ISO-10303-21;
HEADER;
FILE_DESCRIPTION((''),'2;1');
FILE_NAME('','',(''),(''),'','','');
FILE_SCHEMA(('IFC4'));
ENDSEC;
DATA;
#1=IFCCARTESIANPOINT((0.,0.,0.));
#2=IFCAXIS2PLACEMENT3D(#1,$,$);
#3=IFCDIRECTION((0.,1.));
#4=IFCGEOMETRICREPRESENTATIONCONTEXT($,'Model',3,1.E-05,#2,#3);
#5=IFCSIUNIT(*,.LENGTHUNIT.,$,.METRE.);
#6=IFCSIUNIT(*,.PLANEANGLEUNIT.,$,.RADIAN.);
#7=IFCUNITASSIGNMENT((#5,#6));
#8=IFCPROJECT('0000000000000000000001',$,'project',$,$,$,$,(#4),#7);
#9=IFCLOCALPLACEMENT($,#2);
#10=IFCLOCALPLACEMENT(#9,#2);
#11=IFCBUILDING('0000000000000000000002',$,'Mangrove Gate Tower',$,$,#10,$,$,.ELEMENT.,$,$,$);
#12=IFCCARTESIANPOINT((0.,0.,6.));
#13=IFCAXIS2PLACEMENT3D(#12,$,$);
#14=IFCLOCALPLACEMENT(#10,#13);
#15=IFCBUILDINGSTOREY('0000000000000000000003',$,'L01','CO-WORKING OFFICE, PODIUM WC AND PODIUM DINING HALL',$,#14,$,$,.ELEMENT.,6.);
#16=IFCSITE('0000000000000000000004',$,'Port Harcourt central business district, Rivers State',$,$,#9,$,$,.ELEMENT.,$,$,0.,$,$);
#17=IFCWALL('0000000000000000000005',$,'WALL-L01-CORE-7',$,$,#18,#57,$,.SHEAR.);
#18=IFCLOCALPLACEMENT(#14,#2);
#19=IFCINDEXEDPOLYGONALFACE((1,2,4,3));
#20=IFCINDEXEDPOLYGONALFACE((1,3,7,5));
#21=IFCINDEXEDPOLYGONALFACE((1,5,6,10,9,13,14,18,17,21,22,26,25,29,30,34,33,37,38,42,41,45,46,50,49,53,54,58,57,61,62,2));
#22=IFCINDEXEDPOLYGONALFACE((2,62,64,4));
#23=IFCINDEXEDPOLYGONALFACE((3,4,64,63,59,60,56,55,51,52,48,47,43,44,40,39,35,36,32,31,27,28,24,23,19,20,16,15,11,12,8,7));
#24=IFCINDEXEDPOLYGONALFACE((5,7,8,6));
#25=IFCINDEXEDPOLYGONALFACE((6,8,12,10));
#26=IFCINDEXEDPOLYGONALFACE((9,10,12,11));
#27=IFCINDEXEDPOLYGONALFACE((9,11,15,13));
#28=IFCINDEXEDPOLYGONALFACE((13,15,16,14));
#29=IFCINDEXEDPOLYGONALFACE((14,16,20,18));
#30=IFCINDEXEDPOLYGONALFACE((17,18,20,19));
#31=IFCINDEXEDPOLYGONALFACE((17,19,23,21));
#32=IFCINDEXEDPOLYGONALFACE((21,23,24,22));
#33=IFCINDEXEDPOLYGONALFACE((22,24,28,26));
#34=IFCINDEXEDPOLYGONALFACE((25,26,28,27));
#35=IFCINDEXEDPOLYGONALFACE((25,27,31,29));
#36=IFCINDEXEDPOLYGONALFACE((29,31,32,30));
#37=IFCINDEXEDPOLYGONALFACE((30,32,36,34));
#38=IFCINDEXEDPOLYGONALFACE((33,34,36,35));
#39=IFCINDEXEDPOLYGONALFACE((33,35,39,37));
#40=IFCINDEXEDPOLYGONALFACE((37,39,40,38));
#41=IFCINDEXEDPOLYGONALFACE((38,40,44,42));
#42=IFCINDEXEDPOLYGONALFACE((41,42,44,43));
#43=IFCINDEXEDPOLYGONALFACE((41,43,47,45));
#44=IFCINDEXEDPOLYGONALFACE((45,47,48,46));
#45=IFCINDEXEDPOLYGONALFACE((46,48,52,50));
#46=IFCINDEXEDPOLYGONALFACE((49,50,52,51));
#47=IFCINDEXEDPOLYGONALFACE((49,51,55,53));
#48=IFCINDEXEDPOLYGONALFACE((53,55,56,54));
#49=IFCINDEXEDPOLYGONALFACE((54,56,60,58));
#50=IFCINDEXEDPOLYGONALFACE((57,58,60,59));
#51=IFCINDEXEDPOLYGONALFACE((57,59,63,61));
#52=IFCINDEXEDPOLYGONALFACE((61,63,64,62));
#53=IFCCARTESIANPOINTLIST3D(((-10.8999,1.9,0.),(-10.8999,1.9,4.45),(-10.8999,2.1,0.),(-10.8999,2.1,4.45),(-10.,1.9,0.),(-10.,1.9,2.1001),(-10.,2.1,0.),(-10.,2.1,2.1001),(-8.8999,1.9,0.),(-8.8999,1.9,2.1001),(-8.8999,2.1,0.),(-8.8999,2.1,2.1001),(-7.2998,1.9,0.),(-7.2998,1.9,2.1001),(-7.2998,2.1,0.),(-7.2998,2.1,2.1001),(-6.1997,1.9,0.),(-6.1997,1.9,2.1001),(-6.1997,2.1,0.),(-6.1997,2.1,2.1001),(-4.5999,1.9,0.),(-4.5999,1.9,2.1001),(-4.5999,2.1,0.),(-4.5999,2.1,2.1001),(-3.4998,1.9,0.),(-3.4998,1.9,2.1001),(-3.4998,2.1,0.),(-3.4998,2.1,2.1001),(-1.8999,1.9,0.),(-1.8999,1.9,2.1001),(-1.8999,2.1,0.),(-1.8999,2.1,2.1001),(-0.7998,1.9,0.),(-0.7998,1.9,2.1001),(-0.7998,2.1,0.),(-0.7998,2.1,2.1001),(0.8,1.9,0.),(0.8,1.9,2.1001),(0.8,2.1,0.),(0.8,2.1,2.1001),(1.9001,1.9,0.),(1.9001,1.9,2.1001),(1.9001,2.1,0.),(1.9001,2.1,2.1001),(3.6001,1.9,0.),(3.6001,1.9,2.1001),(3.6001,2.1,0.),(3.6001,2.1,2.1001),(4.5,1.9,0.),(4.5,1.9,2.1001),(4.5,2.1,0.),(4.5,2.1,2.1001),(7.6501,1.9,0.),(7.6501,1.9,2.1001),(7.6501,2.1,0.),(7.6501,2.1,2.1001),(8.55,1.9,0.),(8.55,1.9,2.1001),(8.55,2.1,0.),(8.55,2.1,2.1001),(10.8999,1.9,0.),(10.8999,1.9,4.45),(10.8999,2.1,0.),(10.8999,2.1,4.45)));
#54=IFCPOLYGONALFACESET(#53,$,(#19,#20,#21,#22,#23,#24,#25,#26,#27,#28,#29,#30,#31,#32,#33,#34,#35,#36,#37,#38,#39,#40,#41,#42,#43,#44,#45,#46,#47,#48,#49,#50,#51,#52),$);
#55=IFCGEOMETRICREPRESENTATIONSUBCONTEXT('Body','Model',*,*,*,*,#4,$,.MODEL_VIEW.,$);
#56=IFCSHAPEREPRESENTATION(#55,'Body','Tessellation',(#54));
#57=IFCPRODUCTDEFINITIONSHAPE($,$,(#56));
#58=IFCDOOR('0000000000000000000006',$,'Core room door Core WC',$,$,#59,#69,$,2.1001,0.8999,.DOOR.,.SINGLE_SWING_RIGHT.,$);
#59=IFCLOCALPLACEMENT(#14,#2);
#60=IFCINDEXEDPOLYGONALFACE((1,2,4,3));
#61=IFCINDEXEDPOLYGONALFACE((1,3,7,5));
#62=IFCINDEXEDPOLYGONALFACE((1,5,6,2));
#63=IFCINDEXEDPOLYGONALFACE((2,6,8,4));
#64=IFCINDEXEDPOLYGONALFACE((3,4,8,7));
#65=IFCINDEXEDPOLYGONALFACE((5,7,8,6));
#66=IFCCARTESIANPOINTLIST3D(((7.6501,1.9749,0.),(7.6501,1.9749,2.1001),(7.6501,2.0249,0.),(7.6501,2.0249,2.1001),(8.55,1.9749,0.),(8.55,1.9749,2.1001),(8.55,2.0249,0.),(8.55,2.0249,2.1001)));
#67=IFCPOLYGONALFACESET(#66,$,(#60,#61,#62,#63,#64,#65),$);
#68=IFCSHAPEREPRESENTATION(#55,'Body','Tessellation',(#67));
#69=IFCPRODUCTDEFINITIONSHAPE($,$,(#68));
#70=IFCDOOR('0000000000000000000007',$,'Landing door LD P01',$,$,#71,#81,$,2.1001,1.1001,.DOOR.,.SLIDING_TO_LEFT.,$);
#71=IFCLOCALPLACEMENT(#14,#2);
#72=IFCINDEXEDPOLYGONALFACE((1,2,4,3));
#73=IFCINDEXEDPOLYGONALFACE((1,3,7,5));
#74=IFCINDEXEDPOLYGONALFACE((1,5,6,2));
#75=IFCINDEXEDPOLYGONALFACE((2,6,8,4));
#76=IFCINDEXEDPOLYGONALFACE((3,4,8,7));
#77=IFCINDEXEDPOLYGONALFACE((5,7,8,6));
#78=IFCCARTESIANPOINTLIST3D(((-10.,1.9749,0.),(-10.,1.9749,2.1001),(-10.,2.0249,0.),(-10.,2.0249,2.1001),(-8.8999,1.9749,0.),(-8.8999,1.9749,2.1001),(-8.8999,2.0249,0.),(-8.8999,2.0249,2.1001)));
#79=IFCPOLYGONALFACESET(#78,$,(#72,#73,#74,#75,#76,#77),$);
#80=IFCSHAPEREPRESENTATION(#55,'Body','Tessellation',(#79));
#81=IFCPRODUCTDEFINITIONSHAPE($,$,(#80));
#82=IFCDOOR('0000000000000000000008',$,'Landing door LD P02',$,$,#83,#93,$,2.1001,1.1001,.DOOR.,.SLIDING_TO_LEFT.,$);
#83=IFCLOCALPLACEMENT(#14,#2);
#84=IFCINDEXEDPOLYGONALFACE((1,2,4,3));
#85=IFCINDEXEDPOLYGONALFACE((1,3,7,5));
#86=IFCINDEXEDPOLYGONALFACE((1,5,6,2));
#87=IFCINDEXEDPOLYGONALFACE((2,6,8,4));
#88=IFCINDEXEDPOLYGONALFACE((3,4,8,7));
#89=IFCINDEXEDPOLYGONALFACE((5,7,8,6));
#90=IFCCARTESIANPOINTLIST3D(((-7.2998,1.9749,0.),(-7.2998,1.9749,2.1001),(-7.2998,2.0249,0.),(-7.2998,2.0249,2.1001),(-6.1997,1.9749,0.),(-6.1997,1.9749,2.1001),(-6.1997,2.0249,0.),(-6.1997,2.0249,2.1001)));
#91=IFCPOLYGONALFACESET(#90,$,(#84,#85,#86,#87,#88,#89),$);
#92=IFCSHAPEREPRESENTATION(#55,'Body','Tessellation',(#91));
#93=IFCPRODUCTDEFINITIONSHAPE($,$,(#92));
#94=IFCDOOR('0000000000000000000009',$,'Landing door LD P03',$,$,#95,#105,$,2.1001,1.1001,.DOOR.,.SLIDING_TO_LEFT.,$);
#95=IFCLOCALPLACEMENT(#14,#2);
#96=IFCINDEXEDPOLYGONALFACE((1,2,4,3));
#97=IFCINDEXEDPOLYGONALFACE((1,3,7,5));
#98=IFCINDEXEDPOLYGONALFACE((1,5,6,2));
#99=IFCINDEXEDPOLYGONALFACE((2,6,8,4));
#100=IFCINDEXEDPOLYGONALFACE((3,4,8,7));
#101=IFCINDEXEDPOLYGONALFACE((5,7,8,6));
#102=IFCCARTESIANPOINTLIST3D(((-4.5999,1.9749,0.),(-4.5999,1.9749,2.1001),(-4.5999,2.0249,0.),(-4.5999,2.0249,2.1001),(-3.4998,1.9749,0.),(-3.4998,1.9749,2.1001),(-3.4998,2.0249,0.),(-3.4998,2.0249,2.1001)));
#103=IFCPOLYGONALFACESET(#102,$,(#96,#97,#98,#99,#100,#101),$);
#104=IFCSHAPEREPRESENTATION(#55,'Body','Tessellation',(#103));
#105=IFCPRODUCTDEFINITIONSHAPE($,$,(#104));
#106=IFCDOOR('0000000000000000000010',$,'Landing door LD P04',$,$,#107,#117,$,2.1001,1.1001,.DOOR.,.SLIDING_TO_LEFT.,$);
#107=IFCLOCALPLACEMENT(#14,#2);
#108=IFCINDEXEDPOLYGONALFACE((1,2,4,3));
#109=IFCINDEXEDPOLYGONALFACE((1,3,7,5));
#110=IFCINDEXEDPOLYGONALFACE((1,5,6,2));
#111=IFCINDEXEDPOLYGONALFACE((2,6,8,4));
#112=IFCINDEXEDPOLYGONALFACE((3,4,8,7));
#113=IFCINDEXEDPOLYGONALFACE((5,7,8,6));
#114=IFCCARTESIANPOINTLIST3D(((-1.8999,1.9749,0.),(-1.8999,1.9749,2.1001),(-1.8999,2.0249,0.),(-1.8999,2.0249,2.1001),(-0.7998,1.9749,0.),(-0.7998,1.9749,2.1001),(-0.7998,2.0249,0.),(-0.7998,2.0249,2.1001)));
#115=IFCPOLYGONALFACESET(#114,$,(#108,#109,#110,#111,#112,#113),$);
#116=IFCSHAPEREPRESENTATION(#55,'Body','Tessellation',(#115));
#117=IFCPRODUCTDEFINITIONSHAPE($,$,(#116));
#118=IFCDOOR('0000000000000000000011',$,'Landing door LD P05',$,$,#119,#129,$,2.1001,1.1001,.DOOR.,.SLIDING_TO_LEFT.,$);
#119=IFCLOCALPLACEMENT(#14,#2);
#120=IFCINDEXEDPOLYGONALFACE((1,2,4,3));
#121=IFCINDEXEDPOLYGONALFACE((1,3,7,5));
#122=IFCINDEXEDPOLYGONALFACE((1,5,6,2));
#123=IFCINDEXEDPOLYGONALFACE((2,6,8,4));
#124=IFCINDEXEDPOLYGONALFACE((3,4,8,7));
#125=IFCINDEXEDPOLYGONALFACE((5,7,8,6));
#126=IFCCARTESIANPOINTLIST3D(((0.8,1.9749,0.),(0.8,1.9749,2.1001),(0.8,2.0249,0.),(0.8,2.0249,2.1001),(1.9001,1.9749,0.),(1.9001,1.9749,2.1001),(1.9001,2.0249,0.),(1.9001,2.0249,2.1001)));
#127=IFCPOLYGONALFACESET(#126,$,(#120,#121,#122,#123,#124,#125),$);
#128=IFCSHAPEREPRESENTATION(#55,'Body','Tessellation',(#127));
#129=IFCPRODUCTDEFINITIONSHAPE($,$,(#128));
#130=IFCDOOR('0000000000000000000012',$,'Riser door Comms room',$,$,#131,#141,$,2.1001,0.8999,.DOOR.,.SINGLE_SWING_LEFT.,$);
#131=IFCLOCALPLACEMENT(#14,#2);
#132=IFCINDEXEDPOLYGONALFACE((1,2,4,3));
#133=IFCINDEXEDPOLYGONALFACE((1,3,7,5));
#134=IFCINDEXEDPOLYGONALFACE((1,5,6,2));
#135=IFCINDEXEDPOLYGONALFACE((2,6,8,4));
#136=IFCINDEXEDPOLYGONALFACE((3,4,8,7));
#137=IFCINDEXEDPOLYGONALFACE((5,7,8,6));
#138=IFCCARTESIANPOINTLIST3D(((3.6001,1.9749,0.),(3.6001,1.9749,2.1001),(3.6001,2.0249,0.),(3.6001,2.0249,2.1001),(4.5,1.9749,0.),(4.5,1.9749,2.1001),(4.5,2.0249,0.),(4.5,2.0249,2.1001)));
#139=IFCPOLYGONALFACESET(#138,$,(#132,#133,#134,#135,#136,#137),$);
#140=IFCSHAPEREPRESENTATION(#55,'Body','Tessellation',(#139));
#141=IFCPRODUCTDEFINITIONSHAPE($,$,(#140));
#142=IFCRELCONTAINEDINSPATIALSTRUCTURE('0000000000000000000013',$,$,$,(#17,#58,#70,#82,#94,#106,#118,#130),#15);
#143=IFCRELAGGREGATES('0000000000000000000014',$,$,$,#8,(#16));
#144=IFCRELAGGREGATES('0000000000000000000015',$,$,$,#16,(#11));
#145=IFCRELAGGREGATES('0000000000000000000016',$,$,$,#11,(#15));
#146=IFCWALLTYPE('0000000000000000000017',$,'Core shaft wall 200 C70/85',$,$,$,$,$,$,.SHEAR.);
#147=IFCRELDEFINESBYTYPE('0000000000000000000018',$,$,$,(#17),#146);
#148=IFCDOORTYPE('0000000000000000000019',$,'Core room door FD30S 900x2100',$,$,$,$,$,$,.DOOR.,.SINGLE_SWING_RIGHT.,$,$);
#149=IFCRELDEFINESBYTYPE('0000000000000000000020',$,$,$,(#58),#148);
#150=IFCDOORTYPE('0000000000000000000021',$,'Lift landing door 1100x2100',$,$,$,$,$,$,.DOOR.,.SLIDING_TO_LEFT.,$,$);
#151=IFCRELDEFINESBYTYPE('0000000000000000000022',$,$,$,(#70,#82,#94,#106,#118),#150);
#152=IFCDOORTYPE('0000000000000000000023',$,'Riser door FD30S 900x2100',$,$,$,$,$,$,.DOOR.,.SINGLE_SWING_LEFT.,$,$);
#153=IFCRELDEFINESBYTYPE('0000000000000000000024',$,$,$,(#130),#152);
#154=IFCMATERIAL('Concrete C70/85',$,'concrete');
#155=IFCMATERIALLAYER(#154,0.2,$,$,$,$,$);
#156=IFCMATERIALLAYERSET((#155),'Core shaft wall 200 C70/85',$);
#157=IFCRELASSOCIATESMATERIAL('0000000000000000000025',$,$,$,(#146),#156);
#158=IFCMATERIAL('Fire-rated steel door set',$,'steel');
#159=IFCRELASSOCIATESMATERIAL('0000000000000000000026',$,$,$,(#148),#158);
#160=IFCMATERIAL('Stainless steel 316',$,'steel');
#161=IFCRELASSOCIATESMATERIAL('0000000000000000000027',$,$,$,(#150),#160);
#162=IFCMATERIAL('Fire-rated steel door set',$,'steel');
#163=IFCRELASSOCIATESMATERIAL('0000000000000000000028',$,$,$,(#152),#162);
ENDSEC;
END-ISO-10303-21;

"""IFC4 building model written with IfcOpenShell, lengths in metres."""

from ifc_helpers import new_model, si_unit, direction, frame, frame_2d, origin, place, context, subcontext, project, spatial, rectangle, extrude, material, layer, layer_set, type_object, element, fill, save


model = new_model("IFC4")

# Units and contexts
model_context = context("Model", 3, precision=1e-05, world=origin(), true_north=direction((0.0, 1.0)))
body_context = subcontext(model_context, "Body", "Model", "MODEL_VIEW")
ifc_project = project(units=[si_unit("LENGTHUNIT", "METRE"), si_unit("PLANEANGLEUNIT", "RADIAN")], contexts=[model_context])

# Site, building, storey
site_placement = place(None, origin())
site = spatial("IfcSite", under=ifc_project, at=site_placement, Name="Port Harcourt central business district, Rivers State", CompositionType="ELEMENT", RefElevation=0.0)
building_placement = place(site_placement, origin())
building = spatial("IfcBuilding", under=site, at=building_placement, Name="Mangrove Gate Tower", CompositionType="ELEMENT")
storey_placement = place(building_placement, frame((0.0, 0.0, 6.0)))
storey = spatial("IfcBuildingStorey", under=building, at=storey_placement, Name="L01", Description="CO-WORKING OFFICE, PODIUM WC AND PODIUM DINING HALL", CompositionType="ELEMENT", Elevation=6.0)

# Wall, openings, doors
ifc_material_1 = material(Name="Concrete C70/85", Category="concrete")
ifc_layer = layer(ifc_material_1, 0.2)
ifc_layer_set = layer_set([ifc_layer], Name="Core shaft wall 200 C70/85")
wall_type = type_object("IfcWallType", Name="Core shaft wall 200 C70/85", PredefinedType="SHEAR", material=ifc_layer_set)
wall_1_placement = place(storey_placement, frame((-10.8999, 2.0, 0.0), z_axis=(0.0, 0.0, 1.0), x_axis=(1.0, 0.0, 0.0)))
wall_1 = element("IfcWall", 1, at=wall_1_placement, inside=storey, type_object=wall_type, Name="WALL-L01-CORE-7", PredefinedType="SHEAR", context=body_context, shape_type="SweptSolid", body=[
    extrude(rectangle(XDim=21.7998, YDim=0.2, at=frame_2d((10.8999, 0.0))), origin(), (0.0, 0.0, 1.0), 4.45),
])
opening_1_placement = place(wall_1_placement, frame((0.8999, 0.0, 0.0)))
opening_1 = element("IfcOpeningElement", 2, at=opening_1_placement, cuts=wall_1, PredefinedType="OPENING", context=body_context, shape_type="SweptSolid", body=[
    extrude(rectangle(XDim=1.1001, YDim=2.1001, at=frame_2d((0.55, 1.05))), frame((0.0, 0.1099, 0.0), z_axis=(0.0, -1.0, 0.0), x_axis=(1.0, 0.0, 0.0)), (0.0, 0.0, 1.0), 0.22),
])
opening_2_placement = place(wall_1_placement, frame((3.6001, 0.0, 0.0)))
opening_2 = element("IfcOpeningElement", 3, at=opening_2_placement, cuts=wall_1, PredefinedType="OPENING", context=body_context, shape_type="SweptSolid", body=[
    extrude(rectangle(XDim=1.1001, YDim=2.1001, at=frame_2d((0.55, 1.05))), frame((0.0, 0.1099, 0.0), z_axis=(0.0, -1.0, 0.0), x_axis=(1.0, 0.0, 0.0)), (0.0, 0.0, 1.0), 0.22),
])
opening_3_placement = place(wall_1_placement, frame((6.3, 0.0, 0.0)))
opening_3 = element("IfcOpeningElement", 4, at=opening_3_placement, cuts=wall_1, PredefinedType="OPENING", context=body_context, shape_type="SweptSolid", body=[
    extrude(rectangle(XDim=1.1001, YDim=2.1001, at=frame_2d((0.55, 1.05))), frame((0.0, 0.1099, 0.0), z_axis=(0.0, -1.0, 0.0), x_axis=(1.0, 0.0, 0.0)), (0.0, 0.0, 1.0), 0.22),
])
opening_4_placement = place(wall_1_placement, frame((9.0, 0.0, 0.0)))
opening_4 = element("IfcOpeningElement", 5, at=opening_4_placement, cuts=wall_1, PredefinedType="OPENING", context=body_context, shape_type="SweptSolid", body=[
    extrude(rectangle(XDim=1.1001, YDim=2.1001, at=frame_2d((0.55, 1.05))), frame((0.0, 0.1099, 0.0), z_axis=(0.0, -1.0, 0.0), x_axis=(1.0, 0.0, 0.0)), (0.0, 0.0, 1.0), 0.22),
])
opening_5_placement = place(wall_1_placement, frame((11.7, 0.0, 0.0)))
opening_5 = element("IfcOpeningElement", 6, at=opening_5_placement, cuts=wall_1, PredefinedType="OPENING", context=body_context, shape_type="SweptSolid", body=[
    extrude(rectangle(XDim=1.1001, YDim=2.1001, at=frame_2d((0.55, 1.05))), frame((0.0, 0.1099, 0.0), z_axis=(0.0, -1.0, 0.0), x_axis=(1.0, 0.0, 0.0)), (0.0, 0.0, 1.0), 0.22),
])
opening_6_placement = place(wall_1_placement, frame((14.5, 0.0, 0.0)))
opening_6 = element("IfcOpeningElement", 7, at=opening_6_placement, cuts=wall_1, PredefinedType="OPENING", context=body_context, shape_type="SweptSolid", body=[
    extrude(rectangle(XDim=0.8999, YDim=2.1001, at=frame_2d((0.45, 1.05))), frame((0.0, 0.1099, 0.0), z_axis=(0.0, -1.0, 0.0), x_axis=(1.0, 0.0, 0.0)), (0.0, 0.0, 1.0), 0.22),
])
opening_7_placement = place(wall_1_placement, frame((18.55, 0.0, 0.0)))
opening_7 = element("IfcOpeningElement", 8, at=opening_7_placement, cuts=wall_1, PredefinedType="OPENING", context=body_context, shape_type="SweptSolid", body=[
    extrude(rectangle(XDim=0.8999, YDim=2.1001, at=frame_2d((0.45, 1.05))), frame((0.0, 0.1099, 0.0), z_axis=(0.0, -1.0, 0.0), x_axis=(1.0, 0.0, 0.0)), (0.0, 0.0, 1.0), 0.22),
])
ifc_material_2 = material(Name="Fire-rated steel door set", Category="steel")
door_type_1 = type_object("IfcDoorType", Name="Core room door FD30S 900x2100", OperationType="SINGLE_SWING_RIGHT", PredefinedType="DOOR", material=ifc_material_2)
door_1_placement = place(opening_7_placement, origin())
door_1 = element("IfcDoor", 9, at=door_1_placement, inside=storey, type_object=door_type_1, Name="Core room door Core WC", OperationType="SINGLE_SWING_RIGHT", OverallHeight=2.1001, OverallWidth=0.8999, PredefinedType="DOOR", context=body_context, shape_type="SweptSolid", body=[
    extrude(rectangle(XDim=0.8999, YDim=2.1001, at=frame_2d((0.45, 1.05))), frame((0.0, 0.0249, 0.0), z_axis=(0.0, -1.0, 0.0), x_axis=(1.0, 0.0, 0.0)), (0.0, 0.0, 1.0), 0.05),
])
fill(opening_7, door_1)
ifc_material_3 = material(Name="Stainless steel 316", Category="steel")
door_type_2 = type_object("IfcDoorType", Name="Lift landing door 1100x2100", OperationType="SLIDING_TO_LEFT", PredefinedType="DOOR", material=ifc_material_3)
door_2_placement = place(opening_1_placement, origin())
door_2 = element("IfcDoor", 10, at=door_2_placement, inside=storey, type_object=door_type_2, Name="Landing door LD P01", OperationType="SLIDING_TO_LEFT", OverallHeight=2.1001, OverallWidth=1.1001, PredefinedType="DOOR", context=body_context, shape_type="SweptSolid", body=[
    extrude(rectangle(XDim=1.1001, YDim=2.1001, at=frame_2d((0.55, 1.05))), frame((0.0, 0.0249, 0.0), z_axis=(0.0, -1.0, 0.0), x_axis=(1.0, 0.0, 0.0)), (0.0, 0.0, 1.0), 0.05),
])
fill(opening_1, door_2)
door_3_placement = place(opening_2_placement, origin())
door_3 = element("IfcDoor", 11, at=door_3_placement, inside=storey, type_object=door_type_2, Name="Landing door LD P02", OperationType="SLIDING_TO_LEFT", OverallHeight=2.1001, OverallWidth=1.1001, PredefinedType="DOOR", context=body_context, shape_type="SweptSolid", body=[
    extrude(rectangle(XDim=1.1001, YDim=2.1001, at=frame_2d((0.55, 1.05))), frame((0.0, 0.0249, 0.0), z_axis=(0.0, -1.0, 0.0), x_axis=(1.0, 0.0, 0.0)), (0.0, 0.0, 1.0), 0.05),
])
fill(opening_2, door_3)
door_4_placement = place(opening_3_placement, origin())
door_4 = element("IfcDoor", 12, at=door_4_placement, inside=storey, type_object=door_type_2, Name="Landing door LD P03", OperationType="SLIDING_TO_LEFT", OverallHeight=2.1001, OverallWidth=1.1001, PredefinedType="DOOR", context=body_context, shape_type="SweptSolid", body=[
    extrude(rectangle(XDim=1.1001, YDim=2.1001, at=frame_2d((0.55, 1.05))), frame((0.0, 0.0249, 0.0), z_axis=(0.0, -1.0, 0.0), x_axis=(1.0, 0.0, 0.0)), (0.0, 0.0, 1.0), 0.05),
])
fill(opening_3, door_4)
door_5_placement = place(opening_4_placement, origin())
door_5 = element("IfcDoor", 13, at=door_5_placement, inside=storey, type_object=door_type_2, Name="Landing door LD P04", OperationType="SLIDING_TO_LEFT", OverallHeight=2.1001, OverallWidth=1.1001, PredefinedType="DOOR", context=body_context, shape_type="SweptSolid", body=[
    extrude(rectangle(XDim=1.1001, YDim=2.1001, at=frame_2d((0.55, 1.05))), frame((0.0, 0.0249, 0.0), z_axis=(0.0, -1.0, 0.0), x_axis=(1.0, 0.0, 0.0)), (0.0, 0.0, 1.0), 0.05),
])
fill(opening_4, door_5)
door_6_placement = place(opening_5_placement, origin())
door_6 = element("IfcDoor", 14, at=door_6_placement, inside=storey, type_object=door_type_2, Name="Landing door LD P05", OperationType="SLIDING_TO_LEFT", OverallHeight=2.1001, OverallWidth=1.1001, PredefinedType="DOOR", context=body_context, shape_type="SweptSolid", body=[
    extrude(rectangle(XDim=1.1001, YDim=2.1001, at=frame_2d((0.55, 1.05))), frame((0.0, 0.0249, 0.0), z_axis=(0.0, -1.0, 0.0), x_axis=(1.0, 0.0, 0.0)), (0.0, 0.0, 1.0), 0.05),
])
fill(opening_5, door_6)
ifc_material_4 = material(Name="Fire-rated steel door set", Category="steel")
door_type_3 = type_object("IfcDoorType", Name="Riser door FD30S 900x2100", OperationType="SINGLE_SWING_LEFT", PredefinedType="DOOR", material=ifc_material_4)
door_7_placement = place(opening_6_placement, origin())
door_7 = element("IfcDoor", 15, at=door_7_placement, inside=storey, type_object=door_type_3, Name="Riser door Comms room", OperationType="SINGLE_SWING_LEFT", OverallHeight=2.1001, OverallWidth=0.8999, PredefinedType="DOOR", context=body_context, shape_type="SweptSolid", body=[
    extrude(rectangle(XDim=0.8999, YDim=2.1001, at=frame_2d((0.45, 1.05))), frame((0.0, 0.0249, 0.0), z_axis=(0.0, -1.0, 0.0), x_axis=(1.0, 0.0, 0.0)), (0.0, 0.0, 1.0), 0.05),
])
fill(opening_6, door_7)

save(model, "model.ifc")
